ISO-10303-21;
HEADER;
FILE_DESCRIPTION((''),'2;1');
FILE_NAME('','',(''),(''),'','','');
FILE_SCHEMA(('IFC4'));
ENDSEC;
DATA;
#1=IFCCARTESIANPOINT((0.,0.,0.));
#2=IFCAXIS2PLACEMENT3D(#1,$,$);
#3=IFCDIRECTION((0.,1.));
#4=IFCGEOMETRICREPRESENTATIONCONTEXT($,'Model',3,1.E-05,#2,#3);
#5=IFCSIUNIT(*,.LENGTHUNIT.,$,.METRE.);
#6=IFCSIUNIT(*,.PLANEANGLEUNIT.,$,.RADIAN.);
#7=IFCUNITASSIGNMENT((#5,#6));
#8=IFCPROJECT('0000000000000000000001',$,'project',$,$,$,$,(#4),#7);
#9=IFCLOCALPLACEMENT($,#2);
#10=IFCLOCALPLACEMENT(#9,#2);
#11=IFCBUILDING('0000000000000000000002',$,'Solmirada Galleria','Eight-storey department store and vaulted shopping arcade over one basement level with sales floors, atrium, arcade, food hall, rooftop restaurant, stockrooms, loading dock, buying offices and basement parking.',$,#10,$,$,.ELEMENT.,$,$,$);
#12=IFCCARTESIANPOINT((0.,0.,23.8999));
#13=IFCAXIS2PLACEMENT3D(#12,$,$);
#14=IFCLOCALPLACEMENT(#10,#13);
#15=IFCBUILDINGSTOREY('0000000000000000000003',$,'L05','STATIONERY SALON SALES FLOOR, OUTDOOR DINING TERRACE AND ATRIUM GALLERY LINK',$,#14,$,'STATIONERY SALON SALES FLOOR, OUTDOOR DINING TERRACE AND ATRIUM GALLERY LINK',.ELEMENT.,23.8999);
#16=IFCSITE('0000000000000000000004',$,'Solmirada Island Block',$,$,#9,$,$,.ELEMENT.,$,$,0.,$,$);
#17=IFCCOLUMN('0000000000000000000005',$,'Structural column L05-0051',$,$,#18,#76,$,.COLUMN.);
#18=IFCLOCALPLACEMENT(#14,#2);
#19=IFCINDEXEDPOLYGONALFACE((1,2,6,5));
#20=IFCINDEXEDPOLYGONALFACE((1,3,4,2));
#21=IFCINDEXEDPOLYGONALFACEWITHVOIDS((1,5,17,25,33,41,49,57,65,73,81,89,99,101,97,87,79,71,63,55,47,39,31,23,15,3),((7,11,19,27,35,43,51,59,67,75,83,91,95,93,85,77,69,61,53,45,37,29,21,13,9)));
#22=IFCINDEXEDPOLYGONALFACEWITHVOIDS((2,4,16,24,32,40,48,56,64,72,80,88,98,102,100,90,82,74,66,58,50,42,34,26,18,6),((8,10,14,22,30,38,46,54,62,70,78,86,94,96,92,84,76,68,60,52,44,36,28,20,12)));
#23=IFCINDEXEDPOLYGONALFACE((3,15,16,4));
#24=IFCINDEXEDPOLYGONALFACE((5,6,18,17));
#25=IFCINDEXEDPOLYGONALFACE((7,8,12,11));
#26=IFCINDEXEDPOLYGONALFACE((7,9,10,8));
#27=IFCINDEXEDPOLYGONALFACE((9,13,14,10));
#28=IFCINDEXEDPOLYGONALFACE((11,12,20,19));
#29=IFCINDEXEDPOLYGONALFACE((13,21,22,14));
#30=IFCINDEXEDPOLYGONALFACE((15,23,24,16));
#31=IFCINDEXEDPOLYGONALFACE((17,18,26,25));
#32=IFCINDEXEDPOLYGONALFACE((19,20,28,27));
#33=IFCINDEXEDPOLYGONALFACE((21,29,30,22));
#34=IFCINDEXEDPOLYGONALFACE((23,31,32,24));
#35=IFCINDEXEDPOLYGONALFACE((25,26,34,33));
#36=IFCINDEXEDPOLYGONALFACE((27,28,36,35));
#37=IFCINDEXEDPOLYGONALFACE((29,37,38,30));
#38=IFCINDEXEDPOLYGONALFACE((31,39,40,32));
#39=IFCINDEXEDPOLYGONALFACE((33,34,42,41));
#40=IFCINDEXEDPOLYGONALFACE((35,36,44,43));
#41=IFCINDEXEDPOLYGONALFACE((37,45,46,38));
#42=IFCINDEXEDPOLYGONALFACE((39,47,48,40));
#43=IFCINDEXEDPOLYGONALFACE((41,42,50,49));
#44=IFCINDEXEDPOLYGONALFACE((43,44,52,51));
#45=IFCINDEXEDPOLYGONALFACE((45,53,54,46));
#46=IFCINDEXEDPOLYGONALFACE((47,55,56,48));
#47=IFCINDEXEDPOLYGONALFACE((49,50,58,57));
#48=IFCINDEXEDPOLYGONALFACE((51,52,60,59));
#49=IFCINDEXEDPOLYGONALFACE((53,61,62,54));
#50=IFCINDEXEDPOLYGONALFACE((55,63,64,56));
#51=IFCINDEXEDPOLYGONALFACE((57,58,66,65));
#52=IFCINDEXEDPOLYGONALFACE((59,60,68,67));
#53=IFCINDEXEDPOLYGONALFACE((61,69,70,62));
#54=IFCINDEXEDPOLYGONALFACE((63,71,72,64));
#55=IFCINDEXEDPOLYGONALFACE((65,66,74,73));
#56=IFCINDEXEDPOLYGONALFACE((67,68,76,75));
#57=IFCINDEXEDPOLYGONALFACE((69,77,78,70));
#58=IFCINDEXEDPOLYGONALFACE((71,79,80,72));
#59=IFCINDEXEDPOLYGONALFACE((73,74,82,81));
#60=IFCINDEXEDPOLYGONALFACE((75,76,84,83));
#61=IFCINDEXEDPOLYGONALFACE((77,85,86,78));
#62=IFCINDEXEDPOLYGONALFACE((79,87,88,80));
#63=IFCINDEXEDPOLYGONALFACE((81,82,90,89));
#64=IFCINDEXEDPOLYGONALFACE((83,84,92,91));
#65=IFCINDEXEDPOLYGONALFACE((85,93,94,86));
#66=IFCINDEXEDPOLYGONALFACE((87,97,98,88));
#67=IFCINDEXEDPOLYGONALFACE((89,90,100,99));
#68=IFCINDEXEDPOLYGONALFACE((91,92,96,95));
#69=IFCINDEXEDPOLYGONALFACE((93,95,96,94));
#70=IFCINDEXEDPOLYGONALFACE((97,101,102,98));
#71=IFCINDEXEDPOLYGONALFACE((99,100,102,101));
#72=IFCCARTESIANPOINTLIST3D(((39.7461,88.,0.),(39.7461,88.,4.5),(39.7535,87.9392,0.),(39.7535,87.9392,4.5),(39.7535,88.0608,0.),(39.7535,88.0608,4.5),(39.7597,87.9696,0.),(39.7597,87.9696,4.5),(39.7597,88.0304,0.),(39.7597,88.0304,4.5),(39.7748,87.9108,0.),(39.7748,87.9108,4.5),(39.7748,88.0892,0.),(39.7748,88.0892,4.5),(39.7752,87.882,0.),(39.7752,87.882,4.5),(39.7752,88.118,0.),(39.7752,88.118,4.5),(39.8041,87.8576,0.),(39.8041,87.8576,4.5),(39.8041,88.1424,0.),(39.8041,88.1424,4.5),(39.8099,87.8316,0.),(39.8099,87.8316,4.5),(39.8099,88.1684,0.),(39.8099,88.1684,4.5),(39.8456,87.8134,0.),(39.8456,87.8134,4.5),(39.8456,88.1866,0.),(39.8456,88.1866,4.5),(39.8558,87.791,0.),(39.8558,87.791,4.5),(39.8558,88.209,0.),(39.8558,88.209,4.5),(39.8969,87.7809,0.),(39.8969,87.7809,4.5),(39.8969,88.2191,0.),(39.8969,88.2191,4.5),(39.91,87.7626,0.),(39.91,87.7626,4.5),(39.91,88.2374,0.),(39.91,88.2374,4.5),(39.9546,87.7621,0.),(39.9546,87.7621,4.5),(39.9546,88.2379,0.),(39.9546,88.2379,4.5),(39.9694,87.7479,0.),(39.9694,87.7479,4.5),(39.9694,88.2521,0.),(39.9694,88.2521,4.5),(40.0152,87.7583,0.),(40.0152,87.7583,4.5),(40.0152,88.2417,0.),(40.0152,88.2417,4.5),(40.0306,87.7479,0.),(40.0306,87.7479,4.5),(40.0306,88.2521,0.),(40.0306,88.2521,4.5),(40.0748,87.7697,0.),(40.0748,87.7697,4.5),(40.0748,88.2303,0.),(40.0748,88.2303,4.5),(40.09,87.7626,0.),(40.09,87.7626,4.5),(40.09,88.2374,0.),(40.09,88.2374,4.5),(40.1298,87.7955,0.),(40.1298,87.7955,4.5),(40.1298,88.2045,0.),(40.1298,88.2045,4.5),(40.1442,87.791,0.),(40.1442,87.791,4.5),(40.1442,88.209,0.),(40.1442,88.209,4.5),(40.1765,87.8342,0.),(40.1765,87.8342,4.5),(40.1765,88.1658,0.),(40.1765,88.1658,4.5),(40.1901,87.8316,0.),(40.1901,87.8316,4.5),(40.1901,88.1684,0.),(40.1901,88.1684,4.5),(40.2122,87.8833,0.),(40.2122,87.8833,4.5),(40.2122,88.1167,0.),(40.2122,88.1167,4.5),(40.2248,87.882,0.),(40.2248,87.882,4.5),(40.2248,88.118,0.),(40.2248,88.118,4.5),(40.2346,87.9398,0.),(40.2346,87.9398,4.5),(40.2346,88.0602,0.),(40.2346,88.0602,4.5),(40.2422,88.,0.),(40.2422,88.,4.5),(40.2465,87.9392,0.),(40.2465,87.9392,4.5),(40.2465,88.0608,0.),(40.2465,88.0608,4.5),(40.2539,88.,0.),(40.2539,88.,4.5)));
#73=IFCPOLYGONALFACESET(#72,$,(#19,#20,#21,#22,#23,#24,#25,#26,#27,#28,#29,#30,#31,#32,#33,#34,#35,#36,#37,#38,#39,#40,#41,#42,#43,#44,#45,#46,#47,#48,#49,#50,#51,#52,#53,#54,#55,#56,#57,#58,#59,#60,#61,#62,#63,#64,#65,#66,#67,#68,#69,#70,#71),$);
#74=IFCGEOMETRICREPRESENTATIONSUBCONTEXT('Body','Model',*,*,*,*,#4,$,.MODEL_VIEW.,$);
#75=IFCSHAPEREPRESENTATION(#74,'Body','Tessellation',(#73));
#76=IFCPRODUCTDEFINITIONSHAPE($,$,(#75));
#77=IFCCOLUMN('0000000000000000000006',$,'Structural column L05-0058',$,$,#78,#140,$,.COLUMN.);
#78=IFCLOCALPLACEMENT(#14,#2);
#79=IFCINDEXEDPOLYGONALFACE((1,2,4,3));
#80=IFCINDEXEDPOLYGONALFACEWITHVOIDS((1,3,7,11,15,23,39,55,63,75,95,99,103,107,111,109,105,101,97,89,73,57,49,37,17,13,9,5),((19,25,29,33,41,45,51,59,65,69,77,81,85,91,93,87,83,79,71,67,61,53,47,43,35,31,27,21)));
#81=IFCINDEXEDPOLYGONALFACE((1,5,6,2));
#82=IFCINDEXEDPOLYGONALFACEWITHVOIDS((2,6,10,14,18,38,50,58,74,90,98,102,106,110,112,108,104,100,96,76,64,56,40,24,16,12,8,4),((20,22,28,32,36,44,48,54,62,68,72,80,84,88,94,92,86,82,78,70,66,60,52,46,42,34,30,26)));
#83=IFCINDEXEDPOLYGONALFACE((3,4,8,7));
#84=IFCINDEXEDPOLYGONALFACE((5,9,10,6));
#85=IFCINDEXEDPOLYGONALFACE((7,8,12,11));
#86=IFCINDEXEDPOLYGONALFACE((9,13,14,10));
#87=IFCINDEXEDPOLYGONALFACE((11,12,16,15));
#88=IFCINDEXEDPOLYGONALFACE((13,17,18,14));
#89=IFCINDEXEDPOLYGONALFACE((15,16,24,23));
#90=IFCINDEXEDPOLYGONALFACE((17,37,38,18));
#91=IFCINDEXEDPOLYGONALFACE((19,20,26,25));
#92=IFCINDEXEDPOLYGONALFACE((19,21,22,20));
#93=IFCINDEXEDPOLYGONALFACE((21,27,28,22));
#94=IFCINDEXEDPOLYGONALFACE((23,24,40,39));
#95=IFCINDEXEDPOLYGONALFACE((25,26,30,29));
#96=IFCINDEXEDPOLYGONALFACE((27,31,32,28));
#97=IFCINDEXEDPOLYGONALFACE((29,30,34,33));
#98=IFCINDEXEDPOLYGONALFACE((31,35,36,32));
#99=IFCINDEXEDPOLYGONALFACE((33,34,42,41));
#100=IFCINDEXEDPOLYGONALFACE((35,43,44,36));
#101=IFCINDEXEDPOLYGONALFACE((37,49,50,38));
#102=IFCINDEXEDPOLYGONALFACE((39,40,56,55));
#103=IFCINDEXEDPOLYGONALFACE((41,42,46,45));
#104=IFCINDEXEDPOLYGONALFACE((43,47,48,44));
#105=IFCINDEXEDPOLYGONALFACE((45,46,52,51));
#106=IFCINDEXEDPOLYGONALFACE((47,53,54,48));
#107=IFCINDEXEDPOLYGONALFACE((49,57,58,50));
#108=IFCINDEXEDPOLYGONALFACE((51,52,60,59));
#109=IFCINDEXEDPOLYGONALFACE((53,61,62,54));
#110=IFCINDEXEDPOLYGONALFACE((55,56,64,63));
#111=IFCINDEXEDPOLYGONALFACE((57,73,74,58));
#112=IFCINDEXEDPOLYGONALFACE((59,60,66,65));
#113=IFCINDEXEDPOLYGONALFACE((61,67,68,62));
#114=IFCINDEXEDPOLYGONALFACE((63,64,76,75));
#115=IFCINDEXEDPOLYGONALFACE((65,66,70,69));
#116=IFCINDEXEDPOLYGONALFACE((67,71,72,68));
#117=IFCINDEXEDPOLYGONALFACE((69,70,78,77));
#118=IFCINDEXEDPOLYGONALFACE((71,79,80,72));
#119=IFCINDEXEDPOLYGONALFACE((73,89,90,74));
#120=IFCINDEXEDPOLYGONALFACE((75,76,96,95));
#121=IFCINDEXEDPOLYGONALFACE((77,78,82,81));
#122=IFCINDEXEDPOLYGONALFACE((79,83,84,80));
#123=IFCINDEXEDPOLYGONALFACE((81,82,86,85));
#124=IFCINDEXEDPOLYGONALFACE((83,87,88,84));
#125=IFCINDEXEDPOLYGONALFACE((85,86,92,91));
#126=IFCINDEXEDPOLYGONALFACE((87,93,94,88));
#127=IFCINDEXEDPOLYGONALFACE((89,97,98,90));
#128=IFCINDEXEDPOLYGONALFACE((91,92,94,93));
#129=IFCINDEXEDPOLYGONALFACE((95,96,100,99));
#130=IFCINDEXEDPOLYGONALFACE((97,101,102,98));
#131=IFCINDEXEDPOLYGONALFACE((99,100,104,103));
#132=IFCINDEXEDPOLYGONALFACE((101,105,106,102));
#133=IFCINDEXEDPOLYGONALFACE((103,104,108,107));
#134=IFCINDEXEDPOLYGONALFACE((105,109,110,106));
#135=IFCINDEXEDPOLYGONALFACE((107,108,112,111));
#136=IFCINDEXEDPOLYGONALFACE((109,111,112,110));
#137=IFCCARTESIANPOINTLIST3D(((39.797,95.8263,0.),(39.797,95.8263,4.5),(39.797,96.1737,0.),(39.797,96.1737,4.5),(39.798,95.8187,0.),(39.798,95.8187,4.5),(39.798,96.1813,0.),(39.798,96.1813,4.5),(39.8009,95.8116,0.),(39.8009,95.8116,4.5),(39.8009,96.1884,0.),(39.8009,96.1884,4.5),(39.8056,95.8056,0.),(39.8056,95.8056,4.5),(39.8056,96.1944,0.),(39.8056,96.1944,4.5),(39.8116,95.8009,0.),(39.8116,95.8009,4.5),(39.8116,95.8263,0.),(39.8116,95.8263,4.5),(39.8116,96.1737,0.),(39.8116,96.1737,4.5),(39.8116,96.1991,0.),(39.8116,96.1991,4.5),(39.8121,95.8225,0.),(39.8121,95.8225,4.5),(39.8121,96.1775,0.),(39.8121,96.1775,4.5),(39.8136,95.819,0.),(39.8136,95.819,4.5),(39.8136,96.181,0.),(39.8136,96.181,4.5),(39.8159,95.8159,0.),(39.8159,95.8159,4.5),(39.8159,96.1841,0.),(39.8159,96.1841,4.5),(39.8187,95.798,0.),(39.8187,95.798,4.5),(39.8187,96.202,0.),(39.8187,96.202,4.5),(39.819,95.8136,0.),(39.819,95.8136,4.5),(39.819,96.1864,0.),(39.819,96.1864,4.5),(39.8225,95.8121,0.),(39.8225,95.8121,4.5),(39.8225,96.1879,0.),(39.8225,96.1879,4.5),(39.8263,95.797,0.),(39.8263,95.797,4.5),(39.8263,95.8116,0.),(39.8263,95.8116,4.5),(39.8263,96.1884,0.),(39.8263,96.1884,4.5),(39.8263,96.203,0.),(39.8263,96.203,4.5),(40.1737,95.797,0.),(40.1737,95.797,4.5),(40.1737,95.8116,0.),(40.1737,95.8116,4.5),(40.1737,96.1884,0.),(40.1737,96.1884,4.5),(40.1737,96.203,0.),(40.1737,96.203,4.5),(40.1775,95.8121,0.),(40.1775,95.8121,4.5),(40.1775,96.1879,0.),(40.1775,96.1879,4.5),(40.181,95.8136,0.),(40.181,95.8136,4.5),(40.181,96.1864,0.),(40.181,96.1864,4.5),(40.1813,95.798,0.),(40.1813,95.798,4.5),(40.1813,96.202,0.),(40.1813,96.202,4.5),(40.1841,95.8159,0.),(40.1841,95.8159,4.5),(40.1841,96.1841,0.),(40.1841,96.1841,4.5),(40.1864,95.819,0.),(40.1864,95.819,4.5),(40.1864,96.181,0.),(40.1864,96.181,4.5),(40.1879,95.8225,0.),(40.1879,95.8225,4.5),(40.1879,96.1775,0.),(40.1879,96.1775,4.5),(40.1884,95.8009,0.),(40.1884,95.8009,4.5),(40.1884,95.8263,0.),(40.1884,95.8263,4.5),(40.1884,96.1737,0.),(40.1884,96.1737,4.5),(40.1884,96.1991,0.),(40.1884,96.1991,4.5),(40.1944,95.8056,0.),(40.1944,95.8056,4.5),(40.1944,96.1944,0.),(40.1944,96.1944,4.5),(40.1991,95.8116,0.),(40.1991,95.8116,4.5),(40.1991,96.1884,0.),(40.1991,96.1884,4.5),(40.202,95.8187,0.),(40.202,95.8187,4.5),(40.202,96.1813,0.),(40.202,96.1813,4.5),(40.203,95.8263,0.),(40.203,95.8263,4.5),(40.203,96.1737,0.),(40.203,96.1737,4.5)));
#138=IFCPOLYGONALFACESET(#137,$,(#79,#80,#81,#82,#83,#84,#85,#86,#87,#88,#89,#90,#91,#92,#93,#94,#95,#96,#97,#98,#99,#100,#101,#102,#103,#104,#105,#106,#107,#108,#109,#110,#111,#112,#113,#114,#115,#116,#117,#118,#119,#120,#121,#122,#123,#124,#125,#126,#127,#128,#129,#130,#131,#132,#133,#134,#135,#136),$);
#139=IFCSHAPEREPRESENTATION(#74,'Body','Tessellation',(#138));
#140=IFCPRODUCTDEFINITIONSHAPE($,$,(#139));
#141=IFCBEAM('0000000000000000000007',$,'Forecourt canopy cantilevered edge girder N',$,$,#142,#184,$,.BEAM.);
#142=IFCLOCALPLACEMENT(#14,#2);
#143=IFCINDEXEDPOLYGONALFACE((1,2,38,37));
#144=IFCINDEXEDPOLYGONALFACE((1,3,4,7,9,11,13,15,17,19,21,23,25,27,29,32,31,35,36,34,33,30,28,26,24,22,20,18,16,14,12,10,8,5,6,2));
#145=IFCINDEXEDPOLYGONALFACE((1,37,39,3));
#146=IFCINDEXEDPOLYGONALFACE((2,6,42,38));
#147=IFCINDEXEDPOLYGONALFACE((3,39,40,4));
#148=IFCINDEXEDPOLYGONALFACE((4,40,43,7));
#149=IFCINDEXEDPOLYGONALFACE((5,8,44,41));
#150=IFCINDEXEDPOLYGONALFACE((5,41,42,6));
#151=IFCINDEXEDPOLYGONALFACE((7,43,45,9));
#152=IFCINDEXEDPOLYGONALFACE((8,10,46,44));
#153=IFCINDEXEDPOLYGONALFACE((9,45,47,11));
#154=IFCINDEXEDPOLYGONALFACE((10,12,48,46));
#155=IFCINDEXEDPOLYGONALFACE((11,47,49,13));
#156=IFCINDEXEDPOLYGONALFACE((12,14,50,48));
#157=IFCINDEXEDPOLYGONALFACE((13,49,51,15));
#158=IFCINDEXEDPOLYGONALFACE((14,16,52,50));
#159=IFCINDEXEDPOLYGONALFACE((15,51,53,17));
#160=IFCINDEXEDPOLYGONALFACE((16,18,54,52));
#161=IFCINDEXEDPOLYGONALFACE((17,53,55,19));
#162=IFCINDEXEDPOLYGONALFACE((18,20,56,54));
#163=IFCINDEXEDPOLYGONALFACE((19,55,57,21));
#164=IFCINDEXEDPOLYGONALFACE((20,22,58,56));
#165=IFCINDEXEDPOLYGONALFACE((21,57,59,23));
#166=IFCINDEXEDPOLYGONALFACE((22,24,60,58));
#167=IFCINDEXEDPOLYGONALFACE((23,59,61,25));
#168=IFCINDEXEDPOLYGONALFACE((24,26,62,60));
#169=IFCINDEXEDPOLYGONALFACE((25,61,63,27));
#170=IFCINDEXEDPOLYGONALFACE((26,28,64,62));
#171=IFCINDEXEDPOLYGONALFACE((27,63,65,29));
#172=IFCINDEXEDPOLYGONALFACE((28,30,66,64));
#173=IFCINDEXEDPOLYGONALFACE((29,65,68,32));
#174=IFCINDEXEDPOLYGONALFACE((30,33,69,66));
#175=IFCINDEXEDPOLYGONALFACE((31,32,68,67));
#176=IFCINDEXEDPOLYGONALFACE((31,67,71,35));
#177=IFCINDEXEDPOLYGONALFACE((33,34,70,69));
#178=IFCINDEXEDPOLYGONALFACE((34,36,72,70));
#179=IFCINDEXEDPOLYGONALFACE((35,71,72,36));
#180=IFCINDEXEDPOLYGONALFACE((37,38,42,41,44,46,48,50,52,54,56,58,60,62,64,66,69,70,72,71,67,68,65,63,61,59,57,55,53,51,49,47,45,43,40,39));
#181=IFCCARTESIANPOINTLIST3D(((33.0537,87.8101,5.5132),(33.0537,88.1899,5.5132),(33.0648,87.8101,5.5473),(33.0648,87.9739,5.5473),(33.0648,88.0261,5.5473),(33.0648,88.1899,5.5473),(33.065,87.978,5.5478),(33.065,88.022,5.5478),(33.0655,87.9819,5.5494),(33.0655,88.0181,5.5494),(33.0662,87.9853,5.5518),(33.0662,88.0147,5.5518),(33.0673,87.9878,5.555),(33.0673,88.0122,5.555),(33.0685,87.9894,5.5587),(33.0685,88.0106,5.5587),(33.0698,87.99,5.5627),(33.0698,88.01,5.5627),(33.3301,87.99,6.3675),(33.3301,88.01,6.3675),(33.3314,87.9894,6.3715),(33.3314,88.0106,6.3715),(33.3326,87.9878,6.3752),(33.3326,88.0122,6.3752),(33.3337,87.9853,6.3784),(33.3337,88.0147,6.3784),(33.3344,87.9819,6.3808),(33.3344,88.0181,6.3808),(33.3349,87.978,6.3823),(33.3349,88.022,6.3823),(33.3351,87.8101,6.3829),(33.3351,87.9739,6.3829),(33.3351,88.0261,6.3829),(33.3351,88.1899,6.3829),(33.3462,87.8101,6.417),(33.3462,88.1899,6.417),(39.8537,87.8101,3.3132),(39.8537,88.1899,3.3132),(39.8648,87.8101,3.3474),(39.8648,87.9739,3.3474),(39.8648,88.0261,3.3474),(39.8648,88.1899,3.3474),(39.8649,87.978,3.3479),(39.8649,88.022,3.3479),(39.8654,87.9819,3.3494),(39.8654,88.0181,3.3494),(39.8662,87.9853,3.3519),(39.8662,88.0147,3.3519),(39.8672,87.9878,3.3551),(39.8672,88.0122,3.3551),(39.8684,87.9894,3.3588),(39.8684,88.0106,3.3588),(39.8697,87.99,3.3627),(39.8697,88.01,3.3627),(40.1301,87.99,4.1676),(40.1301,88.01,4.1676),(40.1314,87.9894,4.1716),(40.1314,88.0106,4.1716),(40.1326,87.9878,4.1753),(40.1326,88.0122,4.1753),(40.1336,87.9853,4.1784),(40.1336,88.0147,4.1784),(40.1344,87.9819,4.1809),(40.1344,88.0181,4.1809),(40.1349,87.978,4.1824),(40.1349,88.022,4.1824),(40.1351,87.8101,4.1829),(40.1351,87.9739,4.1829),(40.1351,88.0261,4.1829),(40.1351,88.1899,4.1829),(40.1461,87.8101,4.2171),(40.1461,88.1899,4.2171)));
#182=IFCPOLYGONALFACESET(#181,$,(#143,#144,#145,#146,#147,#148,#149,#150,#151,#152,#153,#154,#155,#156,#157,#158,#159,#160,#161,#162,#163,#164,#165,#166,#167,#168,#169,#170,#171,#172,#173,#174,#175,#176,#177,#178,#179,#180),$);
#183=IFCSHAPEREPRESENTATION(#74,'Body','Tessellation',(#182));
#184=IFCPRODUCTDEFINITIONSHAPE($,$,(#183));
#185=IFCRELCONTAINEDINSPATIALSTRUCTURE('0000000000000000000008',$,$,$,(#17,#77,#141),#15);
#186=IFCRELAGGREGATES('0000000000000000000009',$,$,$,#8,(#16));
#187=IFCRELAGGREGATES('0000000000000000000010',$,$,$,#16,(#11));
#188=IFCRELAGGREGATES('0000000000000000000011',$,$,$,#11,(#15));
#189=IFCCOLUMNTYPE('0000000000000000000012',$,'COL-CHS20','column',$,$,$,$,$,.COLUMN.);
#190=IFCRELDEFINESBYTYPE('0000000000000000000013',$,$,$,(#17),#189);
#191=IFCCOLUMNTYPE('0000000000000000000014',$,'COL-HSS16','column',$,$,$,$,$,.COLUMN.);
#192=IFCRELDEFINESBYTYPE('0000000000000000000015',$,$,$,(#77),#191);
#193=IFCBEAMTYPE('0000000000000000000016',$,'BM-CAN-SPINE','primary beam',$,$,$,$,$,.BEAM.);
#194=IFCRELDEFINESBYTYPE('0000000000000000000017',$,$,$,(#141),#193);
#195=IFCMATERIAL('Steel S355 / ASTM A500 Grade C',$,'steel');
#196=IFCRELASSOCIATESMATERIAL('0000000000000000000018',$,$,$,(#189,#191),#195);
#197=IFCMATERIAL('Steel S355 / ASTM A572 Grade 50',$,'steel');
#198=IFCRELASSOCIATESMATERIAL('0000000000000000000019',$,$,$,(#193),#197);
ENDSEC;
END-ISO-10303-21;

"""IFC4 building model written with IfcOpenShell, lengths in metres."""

from ifc_helpers import new_model, si_unit, direction, frame, origin, origin_2d, place, context, subcontext, project, spatial, hollow_rectangle, hollow_circle, i_section, extrude, material, material_profile, profile_set, type_object, element, save


model = new_model("IFC4")

# Units and contexts
model_context = context("Model", 3, precision=1e-05, world=origin(), true_north=direction((0.0, 1.0)))
body_context = subcontext(model_context, "Body", "Model", "MODEL_VIEW")
ifc_project = project(units=[si_unit("LENGTHUNIT", "METRE"), si_unit("PLANEANGLEUNIT", "RADIAN")], contexts=[model_context])

# Site, building, storey
site_placement = place(None, origin())
site = spatial("IfcSite", under=ifc_project, at=site_placement, Name="Solmirada Island Block", CompositionType="ELEMENT", RefElevation=0.0)
building_placement = place(site_placement, origin())
building = spatial("IfcBuilding", under=site, at=building_placement, Name="Solmirada Galleria", Description="Eight-storey department store and vaulted shopping arcade over one basement level with sales floors, atrium, arcade, food hall, rooftop restaurant, stockrooms, loading dock, buying offices and basement parking.", CompositionType="ELEMENT")
storey_placement = place(building_placement, frame((0.0, 0.0, 23.8999)))
storey = spatial("IfcBuildingStorey", under=building, at=storey_placement, Name="L05", Description="STATIONERY SALON SALES FLOOR, OUTDOOR DINING TERRACE AND ATRIUM GALLERY LINK", LongName="STATIONERY SALON SALES FLOOR, OUTDOOR DINING TERRACE AND ATRIUM GALLERY LINK", CompositionType="ELEMENT", Elevation=23.8999)

# Columns
ifc_material_1 = material(Name="Steel S355 / ASTM A500 Grade C", Category="steel")
ifc_material_profile_1 = material_profile(ifc_material_1, hollow_circle(Radius=0.2539, WallThickness=0.0117, at=origin_2d()), Name="HSS20.000X0.500")
ifc_profile_set_1 = profile_set([ifc_material_profile_1], Name="Steel S355 / ASTM A500 Grade C")
column_type_1 = type_object("IfcColumnType", Name="COL-CHS20", Description="column", PredefinedType="COLUMN", material=ifc_profile_set_1)
column_1_placement = place(storey_placement, frame((40.0, 88.0, 0.0), z_axis=(0.0, 0.0, 1.0), x_axis=(1.0, 0.0, 0.0)))
element("IfcColumn", 1, at=column_1_placement, inside=storey, type_object=column_type_1, Name="Structural column L05-0051", PredefinedType="COLUMN", context=body_context, shape_type="SweptSolid", body=[
    extrude(hollow_circle(Radius=0.2539, WallThickness=0.0117, at=origin_2d()), origin(), (0.0, 0.0, 1.0), 4.5),
])
ifc_material_profile_2 = material_profile(ifc_material_1, hollow_rectangle(XDim=0.406, YDim=0.406, WallThickness=0.0146, InnerFilletRadius=0.0146, OuterFilletRadius=0.0293, at=origin_2d()), Name="HSS16X16X5/8")
ifc_profile_set_2 = profile_set([ifc_material_profile_2], Name="Steel S355 / ASTM A500 Grade C")
column_type_2 = type_object("IfcColumnType", Name="COL-HSS16", Description="column", PredefinedType="COLUMN", material=ifc_profile_set_2)
column_2_placement = place(storey_placement, frame((40.0, 96.0, 0.0), z_axis=(0.0, 0.0, 1.0), x_axis=(1.0, 0.0, 0.0)))
element("IfcColumn", 2, at=column_2_placement, inside=storey, type_object=column_type_2, Name="Structural column L05-0058", PredefinedType="COLUMN", context=body_context, shape_type="SweptSolid", body=[
    extrude(hollow_rectangle(XDim=0.406, YDim=0.406, WallThickness=0.0146, InnerFilletRadius=0.0146, OuterFilletRadius=0.0293, at=origin_2d()), origin(), (0.0, 0.0, 1.0), 4.5),
])

# Beam
ifc_material_2 = material(Name="Steel S355 / ASTM A572 Grade 50", Category="steel")
ifc_material_profile_3 = material_profile(ifc_material_2, i_section(OverallWidth=0.3799, OverallDepth=0.95, WebThickness=0.02, FlangeThickness=0.0359, FilletRadius=0.0161, at=origin_2d()), Name="PG950X380")
ifc_profile_set_3 = profile_set([ifc_material_profile_3], Name="Steel S355 / ASTM A572 Grade 50")
beam_type_1 = type_object("IfcBeamType", Name="BM-CAN-SPINE", Description="primary beam", PredefinedType="BEAM", material=ifc_profile_set_3)
beam_1_placement = place(storey_placement, frame((33.2, 88.0, 5.9651), z_axis=(0.951447, 0.0, -0.307812), x_axis=(0.0, 1.0, 0.0)))
element("IfcBeam", 3, at=beam_1_placement, inside=storey, type_object=beam_type_1, Name="Forecourt canopy cantilevered edge girder N", PredefinedType="BEAM", context=body_context, shape_type="SweptSolid", body=[
    extrude(i_section(OverallWidth=0.3799, OverallDepth=0.95, WebThickness=0.02, FlangeThickness=0.0359, FilletRadius=0.0161, at=origin_2d()), origin(), (0.0, 0.0, 1.0), 7.147),
])

save(model, "model.ifc")
